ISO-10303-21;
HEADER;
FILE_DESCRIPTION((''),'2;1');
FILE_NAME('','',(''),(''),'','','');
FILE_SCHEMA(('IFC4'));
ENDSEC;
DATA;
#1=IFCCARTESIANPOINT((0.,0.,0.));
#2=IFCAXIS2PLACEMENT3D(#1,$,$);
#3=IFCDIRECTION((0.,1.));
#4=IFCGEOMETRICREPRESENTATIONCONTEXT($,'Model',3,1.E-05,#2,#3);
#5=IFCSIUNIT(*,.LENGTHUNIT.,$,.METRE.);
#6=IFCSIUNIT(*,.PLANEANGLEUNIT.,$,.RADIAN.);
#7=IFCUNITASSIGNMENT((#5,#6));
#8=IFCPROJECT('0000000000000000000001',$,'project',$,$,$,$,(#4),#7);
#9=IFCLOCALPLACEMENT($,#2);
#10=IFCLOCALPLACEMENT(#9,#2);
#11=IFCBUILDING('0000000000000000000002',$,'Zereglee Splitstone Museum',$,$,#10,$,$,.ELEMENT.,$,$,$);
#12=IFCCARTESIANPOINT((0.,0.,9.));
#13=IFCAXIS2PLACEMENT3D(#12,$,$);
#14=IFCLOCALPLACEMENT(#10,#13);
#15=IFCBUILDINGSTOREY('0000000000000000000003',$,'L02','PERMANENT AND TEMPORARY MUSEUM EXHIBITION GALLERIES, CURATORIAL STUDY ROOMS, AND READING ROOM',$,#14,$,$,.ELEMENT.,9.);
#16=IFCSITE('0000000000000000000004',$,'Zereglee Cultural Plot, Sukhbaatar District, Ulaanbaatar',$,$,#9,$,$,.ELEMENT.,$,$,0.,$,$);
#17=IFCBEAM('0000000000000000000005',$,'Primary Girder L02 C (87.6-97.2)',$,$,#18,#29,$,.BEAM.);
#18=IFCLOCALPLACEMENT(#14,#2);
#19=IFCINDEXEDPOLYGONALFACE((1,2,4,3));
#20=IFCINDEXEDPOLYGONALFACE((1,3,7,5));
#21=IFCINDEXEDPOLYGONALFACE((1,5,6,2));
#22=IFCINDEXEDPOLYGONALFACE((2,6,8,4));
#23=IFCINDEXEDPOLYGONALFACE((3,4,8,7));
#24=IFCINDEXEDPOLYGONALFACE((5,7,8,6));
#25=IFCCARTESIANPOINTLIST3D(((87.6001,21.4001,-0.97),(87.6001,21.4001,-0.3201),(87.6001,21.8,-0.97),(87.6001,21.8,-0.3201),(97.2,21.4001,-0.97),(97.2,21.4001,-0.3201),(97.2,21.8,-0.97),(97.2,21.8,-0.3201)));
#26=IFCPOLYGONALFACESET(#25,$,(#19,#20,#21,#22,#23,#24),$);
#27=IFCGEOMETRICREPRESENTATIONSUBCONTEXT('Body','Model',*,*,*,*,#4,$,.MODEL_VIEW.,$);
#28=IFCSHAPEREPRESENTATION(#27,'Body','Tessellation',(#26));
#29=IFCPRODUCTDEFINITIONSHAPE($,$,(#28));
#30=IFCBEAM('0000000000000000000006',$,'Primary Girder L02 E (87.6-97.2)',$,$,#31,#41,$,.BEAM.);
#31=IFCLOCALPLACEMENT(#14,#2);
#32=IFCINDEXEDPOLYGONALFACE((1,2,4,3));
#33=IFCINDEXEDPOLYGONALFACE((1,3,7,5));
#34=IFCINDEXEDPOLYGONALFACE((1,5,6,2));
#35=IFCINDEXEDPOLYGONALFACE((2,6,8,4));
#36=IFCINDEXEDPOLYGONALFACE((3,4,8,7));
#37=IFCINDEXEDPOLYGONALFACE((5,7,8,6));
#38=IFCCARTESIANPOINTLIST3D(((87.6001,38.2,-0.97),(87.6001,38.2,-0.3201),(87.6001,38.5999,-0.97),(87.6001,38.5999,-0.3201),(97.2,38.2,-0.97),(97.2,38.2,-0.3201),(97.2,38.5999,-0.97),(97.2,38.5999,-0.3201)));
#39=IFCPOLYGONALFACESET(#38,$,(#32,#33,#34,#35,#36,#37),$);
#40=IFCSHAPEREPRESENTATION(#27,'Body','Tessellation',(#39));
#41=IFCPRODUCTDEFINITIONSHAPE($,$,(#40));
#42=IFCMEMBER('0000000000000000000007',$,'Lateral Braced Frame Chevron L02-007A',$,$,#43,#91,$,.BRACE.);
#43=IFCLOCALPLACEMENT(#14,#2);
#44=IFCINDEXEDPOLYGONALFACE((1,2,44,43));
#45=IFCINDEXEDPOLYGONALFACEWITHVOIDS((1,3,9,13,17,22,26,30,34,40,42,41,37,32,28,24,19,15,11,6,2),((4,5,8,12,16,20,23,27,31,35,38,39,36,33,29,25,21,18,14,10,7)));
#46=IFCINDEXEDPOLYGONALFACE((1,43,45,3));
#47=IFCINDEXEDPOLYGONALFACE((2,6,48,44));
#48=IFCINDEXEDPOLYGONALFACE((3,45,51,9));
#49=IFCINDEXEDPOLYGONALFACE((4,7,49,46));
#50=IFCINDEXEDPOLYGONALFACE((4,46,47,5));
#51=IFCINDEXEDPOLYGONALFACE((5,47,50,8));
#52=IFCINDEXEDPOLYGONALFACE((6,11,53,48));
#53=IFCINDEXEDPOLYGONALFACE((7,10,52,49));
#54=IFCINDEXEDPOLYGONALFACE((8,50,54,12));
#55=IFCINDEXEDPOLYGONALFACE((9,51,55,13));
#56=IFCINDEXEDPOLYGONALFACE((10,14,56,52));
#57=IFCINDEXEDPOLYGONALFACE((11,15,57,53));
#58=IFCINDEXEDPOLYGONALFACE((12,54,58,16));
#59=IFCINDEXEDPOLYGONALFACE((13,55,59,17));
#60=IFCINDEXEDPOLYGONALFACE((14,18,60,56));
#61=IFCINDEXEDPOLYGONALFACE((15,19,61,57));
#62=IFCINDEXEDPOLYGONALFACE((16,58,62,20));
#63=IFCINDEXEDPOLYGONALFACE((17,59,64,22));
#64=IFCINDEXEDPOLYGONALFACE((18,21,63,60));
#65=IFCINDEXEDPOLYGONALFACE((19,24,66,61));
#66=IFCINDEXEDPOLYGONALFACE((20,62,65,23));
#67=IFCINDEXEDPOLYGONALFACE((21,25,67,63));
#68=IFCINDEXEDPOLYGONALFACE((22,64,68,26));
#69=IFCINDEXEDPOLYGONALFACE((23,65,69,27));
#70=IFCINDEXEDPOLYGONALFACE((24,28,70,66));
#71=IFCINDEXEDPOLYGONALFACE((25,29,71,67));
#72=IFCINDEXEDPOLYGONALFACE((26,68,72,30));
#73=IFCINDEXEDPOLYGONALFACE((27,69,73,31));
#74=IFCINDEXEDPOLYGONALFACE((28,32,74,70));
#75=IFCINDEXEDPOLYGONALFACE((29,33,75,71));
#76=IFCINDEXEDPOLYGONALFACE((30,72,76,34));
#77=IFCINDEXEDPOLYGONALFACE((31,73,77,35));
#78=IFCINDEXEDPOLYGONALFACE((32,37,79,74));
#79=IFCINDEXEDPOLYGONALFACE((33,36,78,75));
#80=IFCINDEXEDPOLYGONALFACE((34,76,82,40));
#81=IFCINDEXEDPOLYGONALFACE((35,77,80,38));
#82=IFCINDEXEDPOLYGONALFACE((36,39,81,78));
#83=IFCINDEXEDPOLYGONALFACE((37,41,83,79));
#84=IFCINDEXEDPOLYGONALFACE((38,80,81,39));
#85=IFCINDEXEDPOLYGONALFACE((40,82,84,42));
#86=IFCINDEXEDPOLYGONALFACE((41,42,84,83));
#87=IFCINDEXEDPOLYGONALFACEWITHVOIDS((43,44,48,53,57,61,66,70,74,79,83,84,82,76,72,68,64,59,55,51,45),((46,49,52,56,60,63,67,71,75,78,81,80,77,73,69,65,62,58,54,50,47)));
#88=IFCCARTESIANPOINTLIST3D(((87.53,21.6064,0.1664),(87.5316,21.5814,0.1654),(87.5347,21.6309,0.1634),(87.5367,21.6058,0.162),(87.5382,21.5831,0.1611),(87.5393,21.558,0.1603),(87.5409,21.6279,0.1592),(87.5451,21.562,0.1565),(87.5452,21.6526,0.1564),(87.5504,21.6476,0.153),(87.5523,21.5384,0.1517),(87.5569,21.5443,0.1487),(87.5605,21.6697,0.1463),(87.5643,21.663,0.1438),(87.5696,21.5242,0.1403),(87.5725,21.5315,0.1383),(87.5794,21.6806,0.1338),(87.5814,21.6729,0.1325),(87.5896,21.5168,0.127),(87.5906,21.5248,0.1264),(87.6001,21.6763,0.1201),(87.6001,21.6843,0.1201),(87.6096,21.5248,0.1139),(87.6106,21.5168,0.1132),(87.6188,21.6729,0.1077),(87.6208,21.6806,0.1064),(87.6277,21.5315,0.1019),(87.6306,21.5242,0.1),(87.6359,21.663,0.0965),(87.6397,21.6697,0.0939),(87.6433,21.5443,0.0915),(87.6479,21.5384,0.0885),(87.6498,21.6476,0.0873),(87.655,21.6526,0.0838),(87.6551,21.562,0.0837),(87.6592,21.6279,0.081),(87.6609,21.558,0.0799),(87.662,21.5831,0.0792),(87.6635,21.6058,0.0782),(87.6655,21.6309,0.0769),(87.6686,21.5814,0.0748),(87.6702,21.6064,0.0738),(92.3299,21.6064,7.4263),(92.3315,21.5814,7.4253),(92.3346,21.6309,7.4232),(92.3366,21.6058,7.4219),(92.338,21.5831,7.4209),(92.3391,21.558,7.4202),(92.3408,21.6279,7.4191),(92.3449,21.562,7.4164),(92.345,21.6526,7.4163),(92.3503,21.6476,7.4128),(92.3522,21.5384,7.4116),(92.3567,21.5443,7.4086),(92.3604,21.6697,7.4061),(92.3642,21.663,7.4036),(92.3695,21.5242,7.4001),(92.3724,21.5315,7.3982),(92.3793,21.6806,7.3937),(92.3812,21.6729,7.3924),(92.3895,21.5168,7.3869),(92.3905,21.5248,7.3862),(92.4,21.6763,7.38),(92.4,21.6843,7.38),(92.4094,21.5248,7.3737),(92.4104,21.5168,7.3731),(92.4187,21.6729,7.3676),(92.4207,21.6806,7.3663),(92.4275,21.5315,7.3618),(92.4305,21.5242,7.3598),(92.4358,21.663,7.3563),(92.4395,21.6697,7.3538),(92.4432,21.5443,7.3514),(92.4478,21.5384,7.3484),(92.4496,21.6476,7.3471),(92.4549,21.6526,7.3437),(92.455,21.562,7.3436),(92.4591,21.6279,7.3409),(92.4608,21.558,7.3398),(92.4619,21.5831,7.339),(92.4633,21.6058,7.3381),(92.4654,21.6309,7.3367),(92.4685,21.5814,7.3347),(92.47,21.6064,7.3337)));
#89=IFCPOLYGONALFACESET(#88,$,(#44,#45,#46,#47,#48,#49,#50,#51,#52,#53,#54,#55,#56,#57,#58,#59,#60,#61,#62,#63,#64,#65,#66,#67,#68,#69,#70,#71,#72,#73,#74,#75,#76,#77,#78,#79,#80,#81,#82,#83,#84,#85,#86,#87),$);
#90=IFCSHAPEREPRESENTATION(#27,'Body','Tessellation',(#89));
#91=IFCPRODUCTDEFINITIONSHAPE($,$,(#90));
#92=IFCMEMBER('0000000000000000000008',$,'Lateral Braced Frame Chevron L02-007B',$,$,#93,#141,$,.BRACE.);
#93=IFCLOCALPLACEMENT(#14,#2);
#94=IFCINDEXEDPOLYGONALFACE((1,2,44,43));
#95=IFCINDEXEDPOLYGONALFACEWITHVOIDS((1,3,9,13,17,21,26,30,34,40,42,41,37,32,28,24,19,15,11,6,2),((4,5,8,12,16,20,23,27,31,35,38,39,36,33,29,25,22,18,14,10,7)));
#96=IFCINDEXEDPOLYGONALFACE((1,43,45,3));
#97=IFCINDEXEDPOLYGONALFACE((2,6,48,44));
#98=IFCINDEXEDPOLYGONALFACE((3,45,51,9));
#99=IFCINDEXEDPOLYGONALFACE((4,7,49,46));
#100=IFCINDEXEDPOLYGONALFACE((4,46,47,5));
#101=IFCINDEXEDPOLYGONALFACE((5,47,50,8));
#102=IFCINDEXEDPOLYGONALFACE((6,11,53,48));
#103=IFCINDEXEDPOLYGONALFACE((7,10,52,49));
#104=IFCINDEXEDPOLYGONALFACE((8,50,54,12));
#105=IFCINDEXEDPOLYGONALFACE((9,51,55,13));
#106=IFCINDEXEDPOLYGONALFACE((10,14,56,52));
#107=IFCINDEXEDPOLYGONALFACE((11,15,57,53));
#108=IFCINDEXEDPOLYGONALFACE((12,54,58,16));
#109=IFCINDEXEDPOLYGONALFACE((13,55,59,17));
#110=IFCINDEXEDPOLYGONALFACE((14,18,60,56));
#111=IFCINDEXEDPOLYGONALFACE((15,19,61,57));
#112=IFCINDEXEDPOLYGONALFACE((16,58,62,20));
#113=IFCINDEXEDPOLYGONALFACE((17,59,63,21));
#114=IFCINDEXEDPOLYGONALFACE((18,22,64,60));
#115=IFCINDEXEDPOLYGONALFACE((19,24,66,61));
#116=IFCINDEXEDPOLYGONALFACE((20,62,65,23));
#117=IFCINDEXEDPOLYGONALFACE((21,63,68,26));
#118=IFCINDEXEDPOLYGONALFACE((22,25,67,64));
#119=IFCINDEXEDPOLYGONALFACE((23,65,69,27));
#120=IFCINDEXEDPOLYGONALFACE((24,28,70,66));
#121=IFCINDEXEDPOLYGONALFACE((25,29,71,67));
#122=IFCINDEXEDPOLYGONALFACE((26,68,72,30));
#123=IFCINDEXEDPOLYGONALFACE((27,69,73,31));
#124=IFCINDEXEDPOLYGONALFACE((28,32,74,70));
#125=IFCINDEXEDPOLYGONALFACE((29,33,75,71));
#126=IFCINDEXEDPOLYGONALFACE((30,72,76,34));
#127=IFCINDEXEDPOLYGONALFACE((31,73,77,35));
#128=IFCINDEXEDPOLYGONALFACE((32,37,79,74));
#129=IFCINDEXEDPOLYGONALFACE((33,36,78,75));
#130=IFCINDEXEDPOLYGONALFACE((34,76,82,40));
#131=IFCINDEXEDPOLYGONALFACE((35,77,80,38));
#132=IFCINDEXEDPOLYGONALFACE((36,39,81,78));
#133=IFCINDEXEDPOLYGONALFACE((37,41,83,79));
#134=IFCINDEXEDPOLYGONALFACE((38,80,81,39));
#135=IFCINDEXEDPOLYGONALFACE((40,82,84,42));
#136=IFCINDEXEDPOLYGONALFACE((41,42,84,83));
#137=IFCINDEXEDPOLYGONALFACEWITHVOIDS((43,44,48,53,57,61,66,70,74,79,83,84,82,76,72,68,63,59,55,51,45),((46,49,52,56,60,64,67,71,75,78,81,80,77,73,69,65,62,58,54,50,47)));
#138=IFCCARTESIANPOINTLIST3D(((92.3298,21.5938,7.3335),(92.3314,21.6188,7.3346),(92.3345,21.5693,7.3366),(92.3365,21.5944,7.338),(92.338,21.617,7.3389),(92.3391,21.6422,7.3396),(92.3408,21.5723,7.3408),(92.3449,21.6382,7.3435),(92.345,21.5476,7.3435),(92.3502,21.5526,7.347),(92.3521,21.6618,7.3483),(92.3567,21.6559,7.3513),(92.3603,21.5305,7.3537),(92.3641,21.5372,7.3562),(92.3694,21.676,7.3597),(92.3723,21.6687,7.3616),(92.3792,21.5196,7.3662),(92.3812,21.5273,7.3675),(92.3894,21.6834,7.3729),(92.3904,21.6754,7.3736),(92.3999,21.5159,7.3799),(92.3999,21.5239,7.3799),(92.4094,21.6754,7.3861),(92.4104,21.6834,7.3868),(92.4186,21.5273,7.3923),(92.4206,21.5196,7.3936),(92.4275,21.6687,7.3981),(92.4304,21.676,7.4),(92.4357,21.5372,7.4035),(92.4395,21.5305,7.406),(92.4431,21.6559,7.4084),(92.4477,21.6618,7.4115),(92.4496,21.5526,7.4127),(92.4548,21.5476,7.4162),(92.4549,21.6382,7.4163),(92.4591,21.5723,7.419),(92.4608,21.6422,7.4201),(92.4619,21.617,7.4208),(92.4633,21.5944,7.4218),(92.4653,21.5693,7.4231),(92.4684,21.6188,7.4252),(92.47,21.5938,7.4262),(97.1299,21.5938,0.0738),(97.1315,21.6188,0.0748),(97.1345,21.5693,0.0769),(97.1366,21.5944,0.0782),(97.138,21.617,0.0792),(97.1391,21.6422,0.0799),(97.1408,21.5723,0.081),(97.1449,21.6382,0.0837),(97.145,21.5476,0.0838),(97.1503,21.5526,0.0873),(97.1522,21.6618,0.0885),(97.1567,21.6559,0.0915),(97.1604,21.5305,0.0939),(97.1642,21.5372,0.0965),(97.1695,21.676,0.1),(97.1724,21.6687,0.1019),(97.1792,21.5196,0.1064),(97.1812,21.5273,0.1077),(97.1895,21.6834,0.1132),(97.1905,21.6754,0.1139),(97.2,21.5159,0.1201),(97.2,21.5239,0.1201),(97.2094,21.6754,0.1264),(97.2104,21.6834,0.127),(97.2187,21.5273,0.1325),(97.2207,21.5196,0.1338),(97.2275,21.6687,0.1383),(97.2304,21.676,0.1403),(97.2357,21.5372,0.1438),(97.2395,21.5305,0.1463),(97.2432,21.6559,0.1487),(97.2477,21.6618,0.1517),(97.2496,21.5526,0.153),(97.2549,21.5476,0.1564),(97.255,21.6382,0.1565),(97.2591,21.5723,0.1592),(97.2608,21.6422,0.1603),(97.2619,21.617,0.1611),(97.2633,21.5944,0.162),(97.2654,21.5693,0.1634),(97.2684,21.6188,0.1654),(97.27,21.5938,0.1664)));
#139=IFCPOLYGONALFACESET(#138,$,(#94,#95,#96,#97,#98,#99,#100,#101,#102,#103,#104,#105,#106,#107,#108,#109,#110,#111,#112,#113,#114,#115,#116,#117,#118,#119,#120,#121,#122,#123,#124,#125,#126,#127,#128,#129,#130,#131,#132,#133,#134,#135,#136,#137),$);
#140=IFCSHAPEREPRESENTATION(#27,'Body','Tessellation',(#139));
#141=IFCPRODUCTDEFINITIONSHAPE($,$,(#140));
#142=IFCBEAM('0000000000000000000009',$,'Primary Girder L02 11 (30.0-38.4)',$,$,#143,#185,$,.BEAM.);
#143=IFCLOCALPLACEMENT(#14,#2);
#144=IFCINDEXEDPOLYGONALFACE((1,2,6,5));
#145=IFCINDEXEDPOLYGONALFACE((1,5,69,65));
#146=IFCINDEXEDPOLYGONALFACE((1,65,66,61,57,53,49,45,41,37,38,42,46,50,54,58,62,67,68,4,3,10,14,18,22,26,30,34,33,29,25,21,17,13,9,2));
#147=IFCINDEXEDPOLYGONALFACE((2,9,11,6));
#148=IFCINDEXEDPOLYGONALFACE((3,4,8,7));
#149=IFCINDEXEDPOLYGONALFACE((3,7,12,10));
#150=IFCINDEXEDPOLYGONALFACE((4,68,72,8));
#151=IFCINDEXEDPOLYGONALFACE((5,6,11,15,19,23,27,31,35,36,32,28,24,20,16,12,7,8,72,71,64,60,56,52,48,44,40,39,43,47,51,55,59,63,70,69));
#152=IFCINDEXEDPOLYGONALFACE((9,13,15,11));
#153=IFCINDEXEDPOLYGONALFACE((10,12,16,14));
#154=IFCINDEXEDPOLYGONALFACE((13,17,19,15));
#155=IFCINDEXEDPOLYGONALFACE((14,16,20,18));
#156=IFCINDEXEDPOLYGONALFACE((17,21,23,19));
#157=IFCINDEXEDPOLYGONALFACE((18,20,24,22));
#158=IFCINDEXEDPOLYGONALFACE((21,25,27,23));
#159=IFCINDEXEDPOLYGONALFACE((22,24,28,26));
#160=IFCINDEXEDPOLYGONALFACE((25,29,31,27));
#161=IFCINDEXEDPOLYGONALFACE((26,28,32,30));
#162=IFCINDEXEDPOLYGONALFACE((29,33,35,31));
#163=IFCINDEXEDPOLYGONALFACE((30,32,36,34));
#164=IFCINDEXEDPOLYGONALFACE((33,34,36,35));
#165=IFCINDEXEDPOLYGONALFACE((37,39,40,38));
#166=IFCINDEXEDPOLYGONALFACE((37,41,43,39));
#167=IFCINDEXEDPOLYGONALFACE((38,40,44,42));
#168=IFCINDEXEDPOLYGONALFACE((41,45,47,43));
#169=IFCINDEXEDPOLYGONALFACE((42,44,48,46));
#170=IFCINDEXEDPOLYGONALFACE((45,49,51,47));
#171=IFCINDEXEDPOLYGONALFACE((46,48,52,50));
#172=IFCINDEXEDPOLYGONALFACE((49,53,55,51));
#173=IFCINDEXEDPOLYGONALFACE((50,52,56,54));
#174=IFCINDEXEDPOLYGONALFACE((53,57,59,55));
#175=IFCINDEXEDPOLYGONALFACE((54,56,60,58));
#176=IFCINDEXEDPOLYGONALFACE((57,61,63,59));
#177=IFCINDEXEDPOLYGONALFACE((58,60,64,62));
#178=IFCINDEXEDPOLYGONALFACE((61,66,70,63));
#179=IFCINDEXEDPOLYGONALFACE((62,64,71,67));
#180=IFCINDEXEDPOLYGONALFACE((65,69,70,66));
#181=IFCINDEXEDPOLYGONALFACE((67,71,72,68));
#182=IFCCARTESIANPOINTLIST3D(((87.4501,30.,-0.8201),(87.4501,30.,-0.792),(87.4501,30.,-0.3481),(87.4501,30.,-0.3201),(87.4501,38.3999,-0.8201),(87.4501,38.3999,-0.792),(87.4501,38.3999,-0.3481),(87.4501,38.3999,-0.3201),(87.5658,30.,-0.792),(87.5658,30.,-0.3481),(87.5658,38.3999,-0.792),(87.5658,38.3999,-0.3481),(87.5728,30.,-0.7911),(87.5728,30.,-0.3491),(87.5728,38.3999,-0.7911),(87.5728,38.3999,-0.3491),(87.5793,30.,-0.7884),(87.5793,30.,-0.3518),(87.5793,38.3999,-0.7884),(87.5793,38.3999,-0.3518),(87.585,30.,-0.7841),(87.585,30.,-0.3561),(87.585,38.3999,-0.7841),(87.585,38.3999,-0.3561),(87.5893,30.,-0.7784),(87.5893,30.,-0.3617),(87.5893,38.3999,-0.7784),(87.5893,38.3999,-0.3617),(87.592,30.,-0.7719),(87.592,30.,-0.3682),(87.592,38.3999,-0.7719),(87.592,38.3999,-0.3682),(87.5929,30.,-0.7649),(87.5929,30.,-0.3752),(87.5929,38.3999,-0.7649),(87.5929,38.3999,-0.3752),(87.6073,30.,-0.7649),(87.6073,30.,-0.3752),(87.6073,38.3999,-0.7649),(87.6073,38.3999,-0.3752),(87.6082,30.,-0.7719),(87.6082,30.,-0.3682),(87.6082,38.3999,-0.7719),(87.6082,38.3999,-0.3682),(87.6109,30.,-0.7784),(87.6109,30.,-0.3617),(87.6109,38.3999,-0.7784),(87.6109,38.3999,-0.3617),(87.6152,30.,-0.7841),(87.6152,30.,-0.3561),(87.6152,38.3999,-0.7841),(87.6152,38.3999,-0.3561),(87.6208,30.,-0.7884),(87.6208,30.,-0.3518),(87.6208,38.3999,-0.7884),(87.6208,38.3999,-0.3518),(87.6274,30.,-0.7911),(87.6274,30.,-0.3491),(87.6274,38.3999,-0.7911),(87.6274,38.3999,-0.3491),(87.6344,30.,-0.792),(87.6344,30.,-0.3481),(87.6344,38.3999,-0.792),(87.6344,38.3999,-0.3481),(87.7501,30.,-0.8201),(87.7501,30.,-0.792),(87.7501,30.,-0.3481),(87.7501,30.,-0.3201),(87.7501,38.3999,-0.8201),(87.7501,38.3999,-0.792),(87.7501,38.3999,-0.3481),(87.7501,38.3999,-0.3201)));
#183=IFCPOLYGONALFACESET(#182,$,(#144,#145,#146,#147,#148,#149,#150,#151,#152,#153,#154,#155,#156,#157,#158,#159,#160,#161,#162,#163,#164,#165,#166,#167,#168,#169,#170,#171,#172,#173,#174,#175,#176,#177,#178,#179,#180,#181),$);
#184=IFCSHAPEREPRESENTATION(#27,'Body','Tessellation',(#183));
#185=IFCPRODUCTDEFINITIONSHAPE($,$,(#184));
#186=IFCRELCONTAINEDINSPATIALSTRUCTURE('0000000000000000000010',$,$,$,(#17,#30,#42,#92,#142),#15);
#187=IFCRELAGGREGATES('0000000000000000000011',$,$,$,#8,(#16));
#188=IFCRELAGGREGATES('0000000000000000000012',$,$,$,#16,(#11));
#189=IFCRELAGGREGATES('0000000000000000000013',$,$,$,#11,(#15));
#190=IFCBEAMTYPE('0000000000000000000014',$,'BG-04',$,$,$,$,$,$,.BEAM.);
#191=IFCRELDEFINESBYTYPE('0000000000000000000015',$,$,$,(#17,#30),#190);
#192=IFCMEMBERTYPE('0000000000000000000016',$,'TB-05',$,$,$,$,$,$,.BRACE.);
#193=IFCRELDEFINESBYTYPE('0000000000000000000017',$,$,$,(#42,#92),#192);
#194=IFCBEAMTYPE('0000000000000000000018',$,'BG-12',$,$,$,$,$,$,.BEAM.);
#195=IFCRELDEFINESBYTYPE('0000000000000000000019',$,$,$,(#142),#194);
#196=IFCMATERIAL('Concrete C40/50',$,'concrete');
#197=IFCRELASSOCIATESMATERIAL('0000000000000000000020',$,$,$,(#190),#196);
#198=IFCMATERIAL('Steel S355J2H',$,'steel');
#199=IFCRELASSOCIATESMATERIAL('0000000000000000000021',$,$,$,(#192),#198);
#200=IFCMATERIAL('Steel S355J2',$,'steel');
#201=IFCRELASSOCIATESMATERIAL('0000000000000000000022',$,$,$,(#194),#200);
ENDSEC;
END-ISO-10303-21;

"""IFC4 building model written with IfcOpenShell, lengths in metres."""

from ifc_helpers import new_model, si_unit, direction, frame, origin, origin_2d, place, context, subcontext, project, spatial, rectangle, hollow_circle, i_section, extrude, material, material_profile, profile_set, type_object, element, save


model = new_model("IFC4")

# Units and contexts
model_context = context("Model", 3, precision=1e-05, world=origin(), true_north=direction((0.0, 1.0)))
body_context = subcontext(model_context, "Body", "Model", "MODEL_VIEW")
ifc_project = project(units=[si_unit("LENGTHUNIT", "METRE"), si_unit("PLANEANGLEUNIT", "RADIAN")], contexts=[model_context])

# Site, building, storey
site_placement = place(None, origin())
site = spatial("IfcSite", under=ifc_project, at=site_placement, Name="Zereglee Cultural Plot, Sukhbaatar District, Ulaanbaatar", CompositionType="ELEMENT", RefElevation=0.0)
building_placement = place(site_placement, origin())
building = spatial("IfcBuilding", under=site, at=building_placement, Name="Zereglee Splitstone Museum", CompositionType="ELEMENT")
storey_placement = place(building_placement, frame((0.0, 0.0, 9.0)))
storey = spatial("IfcBuildingStorey", under=building, at=storey_placement, Name="L02", Description="PERMANENT AND TEMPORARY MUSEUM EXHIBITION GALLERIES, CURATORIAL STUDY ROOMS, AND READING ROOM", CompositionType="ELEMENT", Elevation=9.0)

# Shared definitions
ifc_material_1 = material(Name="Steel S355J2", Category="steel")
ifc_material_2 = material(Name="Steel S355J2H", Category="steel")

# Beams
ifc_material_3 = material(Name="Concrete C40/50", Category="concrete")
ifc_material_profile_1 = material_profile(ifc_material_3, rectangle(XDim=0.3999, YDim=0.6499, at=origin_2d()), Name="RC 400x650")
ifc_profile_set_1 = profile_set([ifc_material_profile_1], Name="Concrete C40/50")
beam_type_1 = type_object("IfcBeamType", Name="BG-04", PredefinedType="BEAM", material=ifc_profile_set_1)
for number, where, z_axis, x_axis, name in (
    (1, (87.6001, 21.6001, -0.645), (1.0, 0.0, 0.0), (0.0, 1.0, 0.0), "Primary Girder L02 C (87.6-97.2)"),
    (2, (87.6001, 38.3999, -0.645), (1.0, 0.0, 0.0), (0.0, 1.0, 0.0), "Primary Girder L02 E (87.6-97.2)"),
):
    element("IfcBeam", number, at=place(storey_placement, frame(where, z_axis=z_axis, x_axis=x_axis)), inside=storey, type_object=beam_type_1, Name=name, PredefinedType="BEAM", context=body_context, shape_type="SweptSolid", body=[
        extrude(rectangle(XDim=0.3999, YDim=0.6499, at=origin_2d()), origin(), (0.0, 0.0, 1.0), 9.5999),
    ])

# Members
ifc_material_profile_2 = material_profile(ifc_material_2, hollow_circle(Radius=0.0842, WallThickness=0.0081, at=origin_2d()), Name="CHS 168.3x8")
ifc_profile_set_2 = profile_set([ifc_material_profile_2], Name="Steel S355J2H")
member_type = type_object("IfcMemberType", Name="TB-05", PredefinedType="BRACE", material=ifc_profile_set_2)
for number, where, z_axis, x_axis, name in (
    (3, (87.6001, 21.6001, 0.1201), (0.551511, 0.0, 0.834168), (0.0, 1.0, 0.0), "Lateral Braced Frame Chevron L02-007A"),
    (4, (97.2, 21.6001, 0.1201), (-0.551531, 0.0, 0.834155), (0.0, -1.0, 0.0), "Lateral Braced Frame Chevron L02-007B"),
):
    element("IfcMember", number, at=place(storey_placement, frame(where, z_axis=z_axis, x_axis=x_axis)), inside=storey, type_object=member_type, Name=name, PredefinedType="BRACE", context=body_context, shape_type="SweptSolid", body=[
        extrude(hollow_circle(Radius=0.0842, WallThickness=0.0081, at=origin_2d()), origin(), (0.0, 0.0, 1.0), 8.7031),
    ])

# Beam
ifc_material_profile_3 = material_profile(ifc_material_1, i_section(OverallWidth=0.3, OverallDepth=0.5, WebThickness=0.0144, FlangeThickness=0.0281, FilletRadius=0.0271, at=origin_2d()), Name="HE 500 B")
ifc_profile_set_3 = profile_set([ifc_material_profile_3], Name="Steel S355J2")
beam_type_2 = type_object("IfcBeamType", Name="BG-12", PredefinedType="BEAM", material=ifc_profile_set_3)
beam_1_placement = place(storey_placement, frame((87.6001, 30.0, -0.5701), z_axis=(0.0, 1.0, 0.0), x_axis=(-1.0, 0.0, 0.0)))
element("IfcBeam", 5, at=beam_1_placement, inside=storey, type_object=beam_type_2, Name="Primary Girder L02 11 (30.0-38.4)", PredefinedType="BEAM", context=body_context, shape_type="SweptSolid", body=[
    extrude(i_section(OverallWidth=0.3, OverallDepth=0.5, WebThickness=0.0144, FlangeThickness=0.0281, FilletRadius=0.0271, at=origin_2d()), origin(), (0.0, 0.0, 1.0), 8.3999),
])

save(model, "model.ifc")
